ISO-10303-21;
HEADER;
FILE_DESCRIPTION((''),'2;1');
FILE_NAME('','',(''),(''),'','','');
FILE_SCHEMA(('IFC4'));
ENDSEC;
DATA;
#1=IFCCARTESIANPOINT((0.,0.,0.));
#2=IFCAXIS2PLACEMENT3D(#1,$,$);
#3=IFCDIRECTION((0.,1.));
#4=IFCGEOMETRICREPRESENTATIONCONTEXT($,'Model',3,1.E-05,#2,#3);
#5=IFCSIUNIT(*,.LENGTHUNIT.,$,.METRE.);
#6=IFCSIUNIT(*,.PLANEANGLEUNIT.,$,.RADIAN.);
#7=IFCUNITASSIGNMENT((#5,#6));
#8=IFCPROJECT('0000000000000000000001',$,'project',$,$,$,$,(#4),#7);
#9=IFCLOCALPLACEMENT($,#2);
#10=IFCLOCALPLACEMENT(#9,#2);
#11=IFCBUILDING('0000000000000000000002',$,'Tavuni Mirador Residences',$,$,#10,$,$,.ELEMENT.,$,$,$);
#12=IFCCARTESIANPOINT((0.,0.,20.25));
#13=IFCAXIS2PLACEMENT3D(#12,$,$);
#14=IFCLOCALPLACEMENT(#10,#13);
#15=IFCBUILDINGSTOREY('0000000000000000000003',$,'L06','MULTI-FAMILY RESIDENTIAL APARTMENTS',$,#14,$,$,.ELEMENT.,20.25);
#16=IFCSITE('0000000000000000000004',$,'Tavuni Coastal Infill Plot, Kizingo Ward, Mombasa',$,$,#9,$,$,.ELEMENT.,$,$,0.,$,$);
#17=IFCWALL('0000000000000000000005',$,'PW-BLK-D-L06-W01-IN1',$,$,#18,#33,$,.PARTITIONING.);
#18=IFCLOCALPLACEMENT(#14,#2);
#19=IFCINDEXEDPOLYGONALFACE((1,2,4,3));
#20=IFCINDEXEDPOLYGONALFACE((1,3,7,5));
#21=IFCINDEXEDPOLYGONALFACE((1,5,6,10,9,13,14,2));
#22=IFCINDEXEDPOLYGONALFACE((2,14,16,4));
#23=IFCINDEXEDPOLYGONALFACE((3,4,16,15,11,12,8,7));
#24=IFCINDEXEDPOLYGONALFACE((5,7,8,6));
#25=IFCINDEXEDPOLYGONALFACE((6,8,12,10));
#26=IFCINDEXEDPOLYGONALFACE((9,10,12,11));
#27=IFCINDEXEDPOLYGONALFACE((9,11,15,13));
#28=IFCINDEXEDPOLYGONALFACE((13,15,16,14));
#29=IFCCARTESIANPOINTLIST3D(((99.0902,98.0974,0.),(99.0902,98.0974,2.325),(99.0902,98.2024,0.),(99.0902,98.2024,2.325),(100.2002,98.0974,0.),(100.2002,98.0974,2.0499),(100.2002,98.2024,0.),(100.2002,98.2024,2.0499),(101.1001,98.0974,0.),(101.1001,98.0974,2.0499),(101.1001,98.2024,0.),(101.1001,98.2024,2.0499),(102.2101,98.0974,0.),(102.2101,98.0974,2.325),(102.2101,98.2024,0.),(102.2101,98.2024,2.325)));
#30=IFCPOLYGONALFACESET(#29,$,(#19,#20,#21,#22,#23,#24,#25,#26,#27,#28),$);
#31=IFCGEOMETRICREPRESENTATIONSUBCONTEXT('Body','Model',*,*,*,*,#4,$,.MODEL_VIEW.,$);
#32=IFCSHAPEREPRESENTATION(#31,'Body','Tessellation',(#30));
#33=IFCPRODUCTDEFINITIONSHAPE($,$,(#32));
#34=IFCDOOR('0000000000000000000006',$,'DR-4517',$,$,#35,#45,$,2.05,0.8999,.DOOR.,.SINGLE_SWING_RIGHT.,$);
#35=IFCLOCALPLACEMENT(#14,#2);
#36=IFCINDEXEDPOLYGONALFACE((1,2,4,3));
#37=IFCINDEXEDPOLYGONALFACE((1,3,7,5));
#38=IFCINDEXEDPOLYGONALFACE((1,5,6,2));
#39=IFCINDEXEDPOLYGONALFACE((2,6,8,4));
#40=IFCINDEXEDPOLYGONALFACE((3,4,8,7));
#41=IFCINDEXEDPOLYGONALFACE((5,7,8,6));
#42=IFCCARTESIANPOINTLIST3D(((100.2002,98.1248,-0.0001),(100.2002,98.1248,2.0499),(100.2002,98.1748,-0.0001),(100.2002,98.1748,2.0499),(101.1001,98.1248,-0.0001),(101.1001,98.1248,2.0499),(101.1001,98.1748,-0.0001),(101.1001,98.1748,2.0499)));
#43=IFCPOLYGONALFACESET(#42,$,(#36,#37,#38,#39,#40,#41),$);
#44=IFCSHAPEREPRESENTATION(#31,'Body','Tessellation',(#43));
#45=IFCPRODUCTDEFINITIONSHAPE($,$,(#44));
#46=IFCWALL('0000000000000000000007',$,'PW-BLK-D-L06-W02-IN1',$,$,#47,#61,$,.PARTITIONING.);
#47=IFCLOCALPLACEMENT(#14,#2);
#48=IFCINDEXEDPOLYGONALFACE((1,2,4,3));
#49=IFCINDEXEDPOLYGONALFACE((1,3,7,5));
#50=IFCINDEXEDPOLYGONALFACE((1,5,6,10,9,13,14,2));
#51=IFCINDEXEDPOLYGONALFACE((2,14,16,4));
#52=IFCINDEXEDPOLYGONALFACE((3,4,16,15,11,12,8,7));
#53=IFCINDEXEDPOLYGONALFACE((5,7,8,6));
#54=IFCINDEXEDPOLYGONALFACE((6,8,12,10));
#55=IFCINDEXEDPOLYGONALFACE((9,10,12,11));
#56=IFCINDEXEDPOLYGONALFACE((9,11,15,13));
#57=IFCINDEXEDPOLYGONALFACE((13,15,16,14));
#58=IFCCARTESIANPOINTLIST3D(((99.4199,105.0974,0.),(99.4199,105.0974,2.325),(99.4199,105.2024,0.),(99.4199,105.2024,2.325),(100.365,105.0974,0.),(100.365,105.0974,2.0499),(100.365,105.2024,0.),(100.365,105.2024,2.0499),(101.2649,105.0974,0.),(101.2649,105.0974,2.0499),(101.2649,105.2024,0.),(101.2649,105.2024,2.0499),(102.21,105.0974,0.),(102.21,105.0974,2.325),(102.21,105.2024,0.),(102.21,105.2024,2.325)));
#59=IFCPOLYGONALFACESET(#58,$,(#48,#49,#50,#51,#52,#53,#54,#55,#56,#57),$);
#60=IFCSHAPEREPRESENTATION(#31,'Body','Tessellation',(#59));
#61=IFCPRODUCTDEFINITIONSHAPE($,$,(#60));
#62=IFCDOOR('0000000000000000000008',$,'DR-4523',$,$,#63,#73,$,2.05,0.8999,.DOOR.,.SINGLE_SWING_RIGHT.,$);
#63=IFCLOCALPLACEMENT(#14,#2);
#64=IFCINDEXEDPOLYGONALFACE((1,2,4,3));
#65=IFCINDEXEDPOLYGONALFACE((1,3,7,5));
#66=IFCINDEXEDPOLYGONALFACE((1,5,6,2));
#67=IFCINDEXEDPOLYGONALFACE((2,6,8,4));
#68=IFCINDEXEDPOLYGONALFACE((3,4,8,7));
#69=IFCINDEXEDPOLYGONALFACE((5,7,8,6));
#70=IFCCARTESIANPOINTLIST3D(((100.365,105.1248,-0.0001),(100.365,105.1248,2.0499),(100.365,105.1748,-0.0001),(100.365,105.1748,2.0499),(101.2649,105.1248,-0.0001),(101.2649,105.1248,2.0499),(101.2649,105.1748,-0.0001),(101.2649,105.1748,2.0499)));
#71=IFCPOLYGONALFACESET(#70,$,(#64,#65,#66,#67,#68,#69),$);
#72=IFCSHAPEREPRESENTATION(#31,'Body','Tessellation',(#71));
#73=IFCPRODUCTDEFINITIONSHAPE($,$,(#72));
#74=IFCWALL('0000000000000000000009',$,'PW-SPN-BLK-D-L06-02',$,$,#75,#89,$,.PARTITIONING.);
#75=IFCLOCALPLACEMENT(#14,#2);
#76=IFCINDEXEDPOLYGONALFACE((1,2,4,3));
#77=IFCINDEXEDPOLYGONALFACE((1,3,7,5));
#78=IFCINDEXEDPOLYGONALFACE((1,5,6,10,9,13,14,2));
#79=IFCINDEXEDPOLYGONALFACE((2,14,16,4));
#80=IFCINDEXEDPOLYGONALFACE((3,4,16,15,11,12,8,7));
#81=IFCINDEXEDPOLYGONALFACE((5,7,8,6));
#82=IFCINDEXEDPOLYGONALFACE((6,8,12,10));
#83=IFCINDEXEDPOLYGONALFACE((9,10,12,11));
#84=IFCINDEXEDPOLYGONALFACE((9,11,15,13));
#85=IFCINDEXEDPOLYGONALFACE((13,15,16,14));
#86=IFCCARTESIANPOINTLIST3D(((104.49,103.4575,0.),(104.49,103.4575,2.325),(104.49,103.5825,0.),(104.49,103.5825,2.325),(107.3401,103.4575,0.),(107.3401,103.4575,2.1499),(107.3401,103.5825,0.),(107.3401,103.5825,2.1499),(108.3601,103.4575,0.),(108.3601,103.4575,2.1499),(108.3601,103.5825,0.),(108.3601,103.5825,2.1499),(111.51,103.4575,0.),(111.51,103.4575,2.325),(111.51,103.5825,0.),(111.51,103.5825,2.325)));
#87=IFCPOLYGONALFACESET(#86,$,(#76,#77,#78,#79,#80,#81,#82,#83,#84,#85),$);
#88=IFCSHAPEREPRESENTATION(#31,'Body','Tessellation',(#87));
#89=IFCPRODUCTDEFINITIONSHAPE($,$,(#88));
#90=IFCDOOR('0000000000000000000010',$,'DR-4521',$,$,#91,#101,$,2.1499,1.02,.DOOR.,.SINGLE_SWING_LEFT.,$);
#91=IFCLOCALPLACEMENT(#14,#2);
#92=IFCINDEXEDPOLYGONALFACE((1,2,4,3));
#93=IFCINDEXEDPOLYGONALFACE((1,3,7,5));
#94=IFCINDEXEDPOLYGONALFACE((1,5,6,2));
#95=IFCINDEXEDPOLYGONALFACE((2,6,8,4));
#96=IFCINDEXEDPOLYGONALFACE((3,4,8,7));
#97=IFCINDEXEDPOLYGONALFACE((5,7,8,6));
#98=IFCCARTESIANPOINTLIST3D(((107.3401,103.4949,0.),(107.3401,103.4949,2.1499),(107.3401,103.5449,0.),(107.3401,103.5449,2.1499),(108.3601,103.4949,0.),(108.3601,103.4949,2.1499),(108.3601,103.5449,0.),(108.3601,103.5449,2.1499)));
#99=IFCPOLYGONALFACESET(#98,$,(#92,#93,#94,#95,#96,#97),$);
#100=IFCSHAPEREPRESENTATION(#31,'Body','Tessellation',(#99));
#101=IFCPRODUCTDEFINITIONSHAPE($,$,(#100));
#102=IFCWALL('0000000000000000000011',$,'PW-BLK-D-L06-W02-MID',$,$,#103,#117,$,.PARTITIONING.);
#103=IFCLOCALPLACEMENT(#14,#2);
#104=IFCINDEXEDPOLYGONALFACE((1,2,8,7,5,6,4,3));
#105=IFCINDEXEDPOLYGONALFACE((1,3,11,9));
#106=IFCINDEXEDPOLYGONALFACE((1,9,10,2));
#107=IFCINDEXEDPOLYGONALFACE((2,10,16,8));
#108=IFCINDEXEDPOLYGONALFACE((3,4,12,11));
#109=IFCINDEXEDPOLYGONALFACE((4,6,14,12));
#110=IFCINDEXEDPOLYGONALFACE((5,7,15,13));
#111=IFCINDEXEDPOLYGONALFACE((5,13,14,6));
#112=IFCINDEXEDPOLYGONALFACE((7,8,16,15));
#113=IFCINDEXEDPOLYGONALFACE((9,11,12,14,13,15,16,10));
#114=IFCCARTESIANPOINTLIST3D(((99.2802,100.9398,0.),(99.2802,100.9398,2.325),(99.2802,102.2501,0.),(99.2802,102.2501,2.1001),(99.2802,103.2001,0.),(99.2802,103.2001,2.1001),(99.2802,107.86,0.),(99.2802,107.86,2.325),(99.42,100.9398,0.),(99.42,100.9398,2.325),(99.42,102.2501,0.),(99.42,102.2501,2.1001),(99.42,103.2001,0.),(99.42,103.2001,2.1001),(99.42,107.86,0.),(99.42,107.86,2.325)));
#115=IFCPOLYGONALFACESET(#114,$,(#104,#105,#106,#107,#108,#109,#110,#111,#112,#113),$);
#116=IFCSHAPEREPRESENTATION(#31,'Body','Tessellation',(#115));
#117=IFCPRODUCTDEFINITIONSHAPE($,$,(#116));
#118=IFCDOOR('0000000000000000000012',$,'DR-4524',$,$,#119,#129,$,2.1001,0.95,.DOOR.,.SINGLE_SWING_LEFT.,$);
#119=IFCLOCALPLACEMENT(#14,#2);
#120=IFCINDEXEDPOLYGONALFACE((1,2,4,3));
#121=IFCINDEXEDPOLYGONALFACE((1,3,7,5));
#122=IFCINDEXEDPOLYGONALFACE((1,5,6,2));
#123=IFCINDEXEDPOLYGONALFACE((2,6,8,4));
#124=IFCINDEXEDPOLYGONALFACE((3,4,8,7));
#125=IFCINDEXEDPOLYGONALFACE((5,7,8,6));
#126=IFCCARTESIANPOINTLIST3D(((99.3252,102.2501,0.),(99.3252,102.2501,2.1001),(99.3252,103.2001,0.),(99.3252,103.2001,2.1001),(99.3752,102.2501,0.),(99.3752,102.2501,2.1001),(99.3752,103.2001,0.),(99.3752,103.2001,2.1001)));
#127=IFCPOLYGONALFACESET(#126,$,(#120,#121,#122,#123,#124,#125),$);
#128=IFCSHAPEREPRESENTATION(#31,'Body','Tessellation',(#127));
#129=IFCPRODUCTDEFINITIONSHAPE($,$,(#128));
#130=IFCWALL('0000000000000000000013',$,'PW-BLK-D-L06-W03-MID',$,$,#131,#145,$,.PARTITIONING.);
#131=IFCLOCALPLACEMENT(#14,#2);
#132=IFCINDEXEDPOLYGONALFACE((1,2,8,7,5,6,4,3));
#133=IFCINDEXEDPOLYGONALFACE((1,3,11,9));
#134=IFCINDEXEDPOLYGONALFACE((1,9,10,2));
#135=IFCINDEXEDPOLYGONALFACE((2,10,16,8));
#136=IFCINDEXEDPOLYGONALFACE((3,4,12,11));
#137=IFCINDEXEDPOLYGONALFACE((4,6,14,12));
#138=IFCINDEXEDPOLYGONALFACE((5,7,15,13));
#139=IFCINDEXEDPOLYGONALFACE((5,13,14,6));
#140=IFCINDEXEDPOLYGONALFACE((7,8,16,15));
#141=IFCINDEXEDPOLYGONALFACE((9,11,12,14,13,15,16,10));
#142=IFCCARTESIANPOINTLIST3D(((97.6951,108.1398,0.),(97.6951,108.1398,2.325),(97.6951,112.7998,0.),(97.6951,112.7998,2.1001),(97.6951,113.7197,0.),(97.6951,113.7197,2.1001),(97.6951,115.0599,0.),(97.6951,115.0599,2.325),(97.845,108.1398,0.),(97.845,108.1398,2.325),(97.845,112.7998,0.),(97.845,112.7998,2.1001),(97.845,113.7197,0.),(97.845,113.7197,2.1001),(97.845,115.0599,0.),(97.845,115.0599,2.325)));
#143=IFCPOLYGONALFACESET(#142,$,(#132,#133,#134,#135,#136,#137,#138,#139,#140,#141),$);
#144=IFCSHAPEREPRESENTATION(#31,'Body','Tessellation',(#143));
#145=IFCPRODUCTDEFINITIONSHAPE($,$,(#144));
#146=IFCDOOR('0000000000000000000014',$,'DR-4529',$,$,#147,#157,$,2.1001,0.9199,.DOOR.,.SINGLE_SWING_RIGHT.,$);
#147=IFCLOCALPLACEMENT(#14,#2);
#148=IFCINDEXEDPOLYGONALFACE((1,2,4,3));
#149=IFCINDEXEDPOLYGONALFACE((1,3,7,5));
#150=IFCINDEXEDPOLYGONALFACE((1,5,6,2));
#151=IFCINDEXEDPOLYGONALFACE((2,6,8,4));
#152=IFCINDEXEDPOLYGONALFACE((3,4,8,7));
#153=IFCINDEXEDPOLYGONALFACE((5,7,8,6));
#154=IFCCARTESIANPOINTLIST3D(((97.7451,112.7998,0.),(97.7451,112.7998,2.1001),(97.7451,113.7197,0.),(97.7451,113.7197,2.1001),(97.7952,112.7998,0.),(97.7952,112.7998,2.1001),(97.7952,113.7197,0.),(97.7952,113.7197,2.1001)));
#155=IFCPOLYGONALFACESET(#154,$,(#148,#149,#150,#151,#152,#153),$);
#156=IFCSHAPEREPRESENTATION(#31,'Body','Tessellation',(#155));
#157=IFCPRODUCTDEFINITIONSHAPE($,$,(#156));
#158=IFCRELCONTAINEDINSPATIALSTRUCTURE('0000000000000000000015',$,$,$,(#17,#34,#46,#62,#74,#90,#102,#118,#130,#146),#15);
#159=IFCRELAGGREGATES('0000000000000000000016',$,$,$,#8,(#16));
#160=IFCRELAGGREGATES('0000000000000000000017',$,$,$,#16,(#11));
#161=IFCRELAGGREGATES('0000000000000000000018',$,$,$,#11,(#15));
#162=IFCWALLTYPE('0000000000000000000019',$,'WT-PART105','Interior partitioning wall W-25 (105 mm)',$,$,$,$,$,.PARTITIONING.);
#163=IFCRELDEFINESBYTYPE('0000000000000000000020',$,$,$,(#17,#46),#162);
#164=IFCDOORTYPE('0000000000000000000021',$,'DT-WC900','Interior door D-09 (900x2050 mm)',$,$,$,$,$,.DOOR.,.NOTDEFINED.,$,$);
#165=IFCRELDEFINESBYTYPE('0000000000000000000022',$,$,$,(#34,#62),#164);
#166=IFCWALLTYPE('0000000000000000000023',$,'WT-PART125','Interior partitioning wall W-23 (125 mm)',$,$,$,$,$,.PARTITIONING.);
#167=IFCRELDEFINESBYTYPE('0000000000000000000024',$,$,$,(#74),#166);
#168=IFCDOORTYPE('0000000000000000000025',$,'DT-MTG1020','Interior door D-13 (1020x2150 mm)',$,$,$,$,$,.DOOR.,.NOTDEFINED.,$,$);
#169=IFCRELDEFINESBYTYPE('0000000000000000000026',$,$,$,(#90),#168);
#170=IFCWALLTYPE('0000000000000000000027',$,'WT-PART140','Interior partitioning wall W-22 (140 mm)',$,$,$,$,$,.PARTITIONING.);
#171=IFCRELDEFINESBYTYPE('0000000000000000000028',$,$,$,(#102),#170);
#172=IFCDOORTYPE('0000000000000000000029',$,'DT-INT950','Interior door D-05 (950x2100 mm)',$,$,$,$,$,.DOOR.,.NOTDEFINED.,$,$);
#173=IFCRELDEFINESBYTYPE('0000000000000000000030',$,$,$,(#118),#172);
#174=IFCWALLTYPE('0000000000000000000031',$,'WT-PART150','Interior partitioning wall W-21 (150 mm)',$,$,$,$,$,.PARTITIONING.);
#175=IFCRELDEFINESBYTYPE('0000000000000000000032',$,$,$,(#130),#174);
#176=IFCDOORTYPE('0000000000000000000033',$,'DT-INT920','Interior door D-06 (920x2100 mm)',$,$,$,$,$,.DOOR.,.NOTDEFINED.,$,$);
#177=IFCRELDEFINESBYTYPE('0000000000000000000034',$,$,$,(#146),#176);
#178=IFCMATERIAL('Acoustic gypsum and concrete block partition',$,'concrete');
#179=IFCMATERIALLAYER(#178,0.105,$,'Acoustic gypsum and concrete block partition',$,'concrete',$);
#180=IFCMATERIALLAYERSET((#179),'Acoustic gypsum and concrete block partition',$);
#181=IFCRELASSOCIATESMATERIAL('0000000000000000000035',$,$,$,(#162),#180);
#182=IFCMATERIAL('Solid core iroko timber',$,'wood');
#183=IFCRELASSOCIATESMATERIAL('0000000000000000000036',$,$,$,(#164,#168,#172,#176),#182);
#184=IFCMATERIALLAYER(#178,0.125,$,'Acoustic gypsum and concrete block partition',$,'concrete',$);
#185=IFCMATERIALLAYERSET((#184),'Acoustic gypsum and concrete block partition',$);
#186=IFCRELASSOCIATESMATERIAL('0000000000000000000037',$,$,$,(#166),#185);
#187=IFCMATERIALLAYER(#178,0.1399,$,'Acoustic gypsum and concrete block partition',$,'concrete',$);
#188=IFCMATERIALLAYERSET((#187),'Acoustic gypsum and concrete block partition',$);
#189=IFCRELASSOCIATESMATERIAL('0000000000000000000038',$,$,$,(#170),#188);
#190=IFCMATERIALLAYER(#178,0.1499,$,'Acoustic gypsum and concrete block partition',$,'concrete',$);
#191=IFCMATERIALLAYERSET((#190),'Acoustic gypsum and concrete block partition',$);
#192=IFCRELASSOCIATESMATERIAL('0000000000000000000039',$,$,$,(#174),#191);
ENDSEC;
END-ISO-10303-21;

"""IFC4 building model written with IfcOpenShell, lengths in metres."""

from ifc_helpers import new_model, si_unit, direction, frame, frame_2d, origin, place, context, subcontext, project, spatial, rectangle, extrude, material, layer, layer_set, type_object, element, fill, save


model = new_model("IFC4")

# Units and contexts
model_context = context("Model", 3, precision=1e-05, world=origin(), true_north=direction((0.0, 1.0)))
body_context = subcontext(model_context, "Body", "Model", "MODEL_VIEW")
ifc_project = project(units=[si_unit("LENGTHUNIT", "METRE"), si_unit("PLANEANGLEUNIT", "RADIAN")], contexts=[model_context])

# Site, building, storey
site_placement = place(None, origin())
site = spatial("IfcSite", under=ifc_project, at=site_placement, Name="Tavuni Coastal Infill Plot, Kizingo Ward, Mombasa", CompositionType="ELEMENT", RefElevation=0.0)
building_placement = place(site_placement, origin())
building = spatial("IfcBuilding", under=site, at=building_placement, Name="Tavuni Mirador Residences", CompositionType="ELEMENT")
storey_placement = place(building_placement, frame((0.0, 0.0, 20.25)))
storey = spatial("IfcBuildingStorey", under=building, at=storey_placement, Name="L06", Description="MULTI-FAMILY RESIDENTIAL APARTMENTS", CompositionType="ELEMENT", Elevation=20.25)

# Shared definitions
ifc_material_1 = material(Name="Solid core iroko timber", Category="wood")

# Walls, openings, doors
ifc_material_2 = material(Name="Acoustic gypsum and concrete block partition", Category="concrete")
ifc_layer_1 = layer(ifc_material_2, 0.105, Name="Acoustic gypsum and concrete block partition", Category="concrete")
ifc_layer_set_1 = layer_set([ifc_layer_1], Name="Acoustic gypsum and concrete block partition")
wall_type_1 = type_object("IfcWallType", Name="WT-PART105", Description="Interior partitioning wall W-25 (105 mm)", PredefinedType="PARTITIONING", material=ifc_layer_set_1)
wall_1_placement = place(storey_placement, frame((99.0901, 98.1499, 0.0), z_axis=(0.0, 0.0, 1.0), x_axis=(1.0, 0.0, 0.0)))
wall_1 = element("IfcWall", 1, at=wall_1_placement, inside=storey, type_object=wall_type_1, Name="PW-BLK-D-L06-W01-IN1", PredefinedType="PARTITIONING", context=body_context, shape_type="SweptSolid", body=[
    extrude(rectangle(XDim=3.1199, YDim=0.105, at=frame_2d((1.5601, 0.0))), origin(), (0.0, 0.0, 1.0), 2.325),
])
opening_1_placement = place(wall_1_placement, frame((1.1101, 0.0, 0.0)))
opening_1 = element("IfcOpeningElement", 2, at=opening_1_placement, cuts=wall_1, PredefinedType="OPENING", context=body_context, shape_type="SweptSolid", body=[
    extrude(rectangle(XDim=0.8999, YDim=2.05, at=frame_2d((0.45, 1.0249))), frame((0.0, 0.0625, 0.0), z_axis=(0.0, -1.0, 0.0), x_axis=(1.0, 0.0, 0.0)), (0.0, 0.0, 1.0), 0.125),
])
door_type_1 = type_object("IfcDoorType", Name="DT-WC900", Description="Interior door D-09 (900x2050 mm)", OperationType="NOTDEFINED", PredefinedType="DOOR", material=ifc_material_1)
door_1_placement = place(opening_1_placement, origin())
door_1 = element("IfcDoor", 3, at=door_1_placement, inside=storey, type_object=door_type_1, Name="DR-4517", OperationType="SINGLE_SWING_RIGHT", OverallHeight=2.05, OverallWidth=0.8999, PredefinedType="DOOR", context=body_context, shape_type="SweptSolid", body=[
    extrude(rectangle(XDim=0.8999, YDim=2.05, at=frame_2d((0.45, 1.0249))), frame((0.0, 0.0249, 0.0), z_axis=(0.0, -1.0, 0.0), x_axis=(1.0, 0.0, 0.0)), (0.0, 0.0, 1.0), 0.05),
])
fill(opening_1, door_1)
wall_2_placement = place(storey_placement, frame((99.4199, 105.1499, 0.0), z_axis=(0.0, 0.0, 1.0), x_axis=(1.0, 0.0, 0.0)))
wall_2 = element("IfcWall", 4, at=wall_2_placement, inside=storey, type_object=wall_type_1, Name="PW-BLK-D-L06-W02-IN1", PredefinedType="PARTITIONING", context=body_context, shape_type="SweptSolid", body=[
    extrude(rectangle(XDim=2.79, YDim=0.105, at=frame_2d((1.395, 0.0))), origin(), (0.0, 0.0, 1.0), 2.325),
])
opening_2_placement = place(wall_2_placement, frame((0.9451, 0.0, 0.0)))
opening_2 = element("IfcOpeningElement", 5, at=opening_2_placement, cuts=wall_2, PredefinedType="OPENING", context=body_context, shape_type="SweptSolid", body=[
    extrude(rectangle(XDim=0.8999, YDim=2.05, at=frame_2d((0.45, 1.0249))), frame((0.0, 0.0625, 0.0), z_axis=(0.0, -1.0, 0.0), x_axis=(1.0, 0.0, 0.0)), (0.0, 0.0, 1.0), 0.125),
])
door_2_placement = place(opening_2_placement, origin())
door_2 = element("IfcDoor", 6, at=door_2_placement, inside=storey, type_object=door_type_1, Name="DR-4523", OperationType="SINGLE_SWING_RIGHT", OverallHeight=2.05, OverallWidth=0.8999, PredefinedType="DOOR", context=body_context, shape_type="SweptSolid", body=[
    extrude(rectangle(XDim=0.8999, YDim=2.05, at=frame_2d((0.45, 1.0249))), frame((0.0, 0.0249, 0.0), z_axis=(0.0, -1.0, 0.0), x_axis=(1.0, 0.0, 0.0)), (0.0, 0.0, 1.0), 0.05),
])
fill(opening_2, door_2)
ifc_layer_2 = layer(ifc_material_2, 0.125, Name="Acoustic gypsum and concrete block partition", Category="concrete")
ifc_layer_set_2 = layer_set([ifc_layer_2], Name="Acoustic gypsum and concrete block partition")
wall_type_2 = type_object("IfcWallType", Name="WT-PART125", Description="Interior partitioning wall W-23 (125 mm)", PredefinedType="PARTITIONING", material=ifc_layer_set_2)
wall_3_placement = place(storey_placement, frame((104.49, 103.52, 0.0), z_axis=(0.0, 0.0, 1.0), x_axis=(1.0, 0.0, 0.0)))
wall_3 = element("IfcWall", 7, at=wall_3_placement, inside=storey, type_object=wall_type_2, Name="PW-SPN-BLK-D-L06-02", PredefinedType="PARTITIONING", context=body_context, shape_type="SweptSolid", body=[
    extrude(rectangle(XDim=7.02, YDim=0.125, at=frame_2d((3.51, 0.0))), origin(), (0.0, 0.0, 1.0), 2.325),
])
opening_3_placement = place(wall_3_placement, frame((2.8501, 0.0, 0.0)))
opening_3 = element("IfcOpeningElement", 8, at=opening_3_placement, cuts=wall_3, PredefinedType="OPENING", context=body_context, shape_type="SweptSolid", body=[
    extrude(rectangle(XDim=1.02, YDim=2.1499, at=frame_2d((0.51, 1.075))), frame((0.0, 0.0725, 0.0), z_axis=(0.0, -1.0, 0.0), x_axis=(1.0, 0.0, 0.0)), (0.0, 0.0, 1.0), 0.145),
])
door_type_2 = type_object("IfcDoorType", Name="DT-MTG1020", Description="Interior door D-13 (1020x2150 mm)", OperationType="NOTDEFINED", PredefinedType="DOOR", material=ifc_material_1)
door_3_placement = place(opening_3_placement, origin())
door_3 = element("IfcDoor", 9, at=door_3_placement, inside=storey, type_object=door_type_2, Name="DR-4521", OperationType="SINGLE_SWING_LEFT", OverallHeight=2.1499, OverallWidth=1.02, PredefinedType="DOOR", context=body_context, shape_type="SweptSolid", body=[
    extrude(rectangle(XDim=1.02, YDim=2.1499, at=frame_2d((0.51, 1.075))), frame((0.0, 0.0249, 0.0), z_axis=(0.0, -1.0, 0.0), x_axis=(1.0, 0.0, 0.0)), (0.0, 0.0, 1.0), 0.05),
])
fill(opening_3, door_3)
ifc_layer_3 = layer(ifc_material_2, 0.1399, Name="Acoustic gypsum and concrete block partition", Category="concrete")
ifc_layer_set_3 = layer_set([ifc_layer_3], Name="Acoustic gypsum and concrete block partition")
wall_type_3 = type_object("IfcWallType", Name="WT-PART140", Description="Interior partitioning wall W-22 (140 mm)", PredefinedType="PARTITIONING", material=ifc_layer_set_3)
wall_4_placement = place(storey_placement, frame((99.3501, 100.9399, 0.0), z_axis=(0.0, 0.0, 1.0), x_axis=(0.0, 1.0, 0.0)))
wall_4 = element("IfcWall", 10, at=wall_4_placement, inside=storey, type_object=wall_type_3, Name="PW-BLK-D-L06-W02-MID", PredefinedType="PARTITIONING", context=body_context, shape_type="SweptSolid", body=[
    extrude(rectangle(XDim=6.9202, YDim=0.1399, at=frame_2d((3.46, 0.0))), origin(), (0.0, 0.0, 1.0), 2.325),
])
opening_4_placement = place(wall_4_placement, frame((1.3101, 0.0, 0.0)))
opening_4 = element("IfcOpeningElement", 11, at=opening_4_placement, cuts=wall_4, PredefinedType="OPENING", context=body_context, shape_type="SweptSolid", body=[
    extrude(rectangle(XDim=0.95, YDim=2.1001, at=frame_2d((0.4751, 1.05))), frame((0.0, 0.0801, 0.0), z_axis=(0.0, -1.0, 0.0), x_axis=(1.0, 0.0, 0.0)), (0.0, 0.0, 1.0), 0.1599),
])
door_type_3 = type_object("IfcDoorType", Name="DT-INT950", Description="Interior door D-05 (950x2100 mm)", OperationType="NOTDEFINED", PredefinedType="DOOR", material=ifc_material_1)
door_4_placement = place(opening_4_placement, origin())
door_4 = element("IfcDoor", 12, at=door_4_placement, inside=storey, type_object=door_type_3, Name="DR-4524", OperationType="SINGLE_SWING_LEFT", OverallHeight=2.1001, OverallWidth=0.95, PredefinedType="DOOR", context=body_context, shape_type="SweptSolid", body=[
    extrude(rectangle(XDim=0.95, YDim=2.1001, at=frame_2d((0.4751, 1.05))), frame((0.0, 0.0249, 0.0), z_axis=(0.0, -1.0, 0.0), x_axis=(1.0, 0.0, 0.0)), (0.0, 0.0, 1.0), 0.05),
])
fill(opening_4, door_4)
ifc_layer_4 = layer(ifc_material_2, 0.1499, Name="Acoustic gypsum and concrete block partition", Category="concrete")
ifc_layer_set_4 = layer_set([ifc_layer_4], Name="Acoustic gypsum and concrete block partition")
wall_type_4 = type_object("IfcWallType", Name="WT-PART150", Description="Interior partitioning wall W-21 (150 mm)", PredefinedType="PARTITIONING", material=ifc_layer_set_4)
wall_5_placement = place(storey_placement, frame((97.77, 108.1399, 0.0), z_axis=(0.0, 0.0, 1.0), x_axis=(0.0, 1.0, 0.0)))
wall_5 = element("IfcWall", 13, at=wall_5_placement, inside=storey, type_object=wall_type_4, Name="PW-BLK-D-L06-W03-MID", PredefinedType="PARTITIONING", context=body_context, shape_type="SweptSolid", body=[
    extrude(rectangle(XDim=6.9202, YDim=0.1499, at=frame_2d((3.46, 0.0))), origin(), (0.0, 0.0, 1.0), 2.325),
])
opening_5_placement = place(wall_5_placement, frame((4.6599, 0.0, 0.0)))
opening_5 = element("IfcOpeningElement", 14, at=opening_5_placement, cuts=wall_5, PredefinedType="OPENING", context=body_context, shape_type="SweptSolid", body=[
    extrude(rectangle(XDim=0.9199, YDim=2.1001, at=frame_2d((0.46, 1.05))), frame((0.0, 0.085, 0.0), z_axis=(0.0, -1.0, 0.0), x_axis=(1.0, 0.0, 0.0)), (0.0, 0.0, 1.0), 0.1699),
])
door_type_4 = type_object("IfcDoorType", Name="DT-INT920", Description="Interior door D-06 (920x2100 mm)", OperationType="NOTDEFINED", PredefinedType="DOOR", material=ifc_material_1)
door_5_placement = place(opening_5_placement, origin())
door_5 = element("IfcDoor", 15, at=door_5_placement, inside=storey, type_object=door_type_4, Name="DR-4529", OperationType="SINGLE_SWING_RIGHT", OverallHeight=2.1001, OverallWidth=0.9199, PredefinedType="DOOR", context=body_context, shape_type="SweptSolid", body=[
    extrude(rectangle(XDim=0.9199, YDim=2.1001, at=frame_2d((0.46, 1.05))), frame((0.0, 0.0249, 0.0), z_axis=(0.0, -1.0, 0.0), x_axis=(1.0, 0.0, 0.0)), (0.0, 0.0, 1.0), 0.05),
])
fill(opening_5, door_5)

save(model, "model.ifc")
